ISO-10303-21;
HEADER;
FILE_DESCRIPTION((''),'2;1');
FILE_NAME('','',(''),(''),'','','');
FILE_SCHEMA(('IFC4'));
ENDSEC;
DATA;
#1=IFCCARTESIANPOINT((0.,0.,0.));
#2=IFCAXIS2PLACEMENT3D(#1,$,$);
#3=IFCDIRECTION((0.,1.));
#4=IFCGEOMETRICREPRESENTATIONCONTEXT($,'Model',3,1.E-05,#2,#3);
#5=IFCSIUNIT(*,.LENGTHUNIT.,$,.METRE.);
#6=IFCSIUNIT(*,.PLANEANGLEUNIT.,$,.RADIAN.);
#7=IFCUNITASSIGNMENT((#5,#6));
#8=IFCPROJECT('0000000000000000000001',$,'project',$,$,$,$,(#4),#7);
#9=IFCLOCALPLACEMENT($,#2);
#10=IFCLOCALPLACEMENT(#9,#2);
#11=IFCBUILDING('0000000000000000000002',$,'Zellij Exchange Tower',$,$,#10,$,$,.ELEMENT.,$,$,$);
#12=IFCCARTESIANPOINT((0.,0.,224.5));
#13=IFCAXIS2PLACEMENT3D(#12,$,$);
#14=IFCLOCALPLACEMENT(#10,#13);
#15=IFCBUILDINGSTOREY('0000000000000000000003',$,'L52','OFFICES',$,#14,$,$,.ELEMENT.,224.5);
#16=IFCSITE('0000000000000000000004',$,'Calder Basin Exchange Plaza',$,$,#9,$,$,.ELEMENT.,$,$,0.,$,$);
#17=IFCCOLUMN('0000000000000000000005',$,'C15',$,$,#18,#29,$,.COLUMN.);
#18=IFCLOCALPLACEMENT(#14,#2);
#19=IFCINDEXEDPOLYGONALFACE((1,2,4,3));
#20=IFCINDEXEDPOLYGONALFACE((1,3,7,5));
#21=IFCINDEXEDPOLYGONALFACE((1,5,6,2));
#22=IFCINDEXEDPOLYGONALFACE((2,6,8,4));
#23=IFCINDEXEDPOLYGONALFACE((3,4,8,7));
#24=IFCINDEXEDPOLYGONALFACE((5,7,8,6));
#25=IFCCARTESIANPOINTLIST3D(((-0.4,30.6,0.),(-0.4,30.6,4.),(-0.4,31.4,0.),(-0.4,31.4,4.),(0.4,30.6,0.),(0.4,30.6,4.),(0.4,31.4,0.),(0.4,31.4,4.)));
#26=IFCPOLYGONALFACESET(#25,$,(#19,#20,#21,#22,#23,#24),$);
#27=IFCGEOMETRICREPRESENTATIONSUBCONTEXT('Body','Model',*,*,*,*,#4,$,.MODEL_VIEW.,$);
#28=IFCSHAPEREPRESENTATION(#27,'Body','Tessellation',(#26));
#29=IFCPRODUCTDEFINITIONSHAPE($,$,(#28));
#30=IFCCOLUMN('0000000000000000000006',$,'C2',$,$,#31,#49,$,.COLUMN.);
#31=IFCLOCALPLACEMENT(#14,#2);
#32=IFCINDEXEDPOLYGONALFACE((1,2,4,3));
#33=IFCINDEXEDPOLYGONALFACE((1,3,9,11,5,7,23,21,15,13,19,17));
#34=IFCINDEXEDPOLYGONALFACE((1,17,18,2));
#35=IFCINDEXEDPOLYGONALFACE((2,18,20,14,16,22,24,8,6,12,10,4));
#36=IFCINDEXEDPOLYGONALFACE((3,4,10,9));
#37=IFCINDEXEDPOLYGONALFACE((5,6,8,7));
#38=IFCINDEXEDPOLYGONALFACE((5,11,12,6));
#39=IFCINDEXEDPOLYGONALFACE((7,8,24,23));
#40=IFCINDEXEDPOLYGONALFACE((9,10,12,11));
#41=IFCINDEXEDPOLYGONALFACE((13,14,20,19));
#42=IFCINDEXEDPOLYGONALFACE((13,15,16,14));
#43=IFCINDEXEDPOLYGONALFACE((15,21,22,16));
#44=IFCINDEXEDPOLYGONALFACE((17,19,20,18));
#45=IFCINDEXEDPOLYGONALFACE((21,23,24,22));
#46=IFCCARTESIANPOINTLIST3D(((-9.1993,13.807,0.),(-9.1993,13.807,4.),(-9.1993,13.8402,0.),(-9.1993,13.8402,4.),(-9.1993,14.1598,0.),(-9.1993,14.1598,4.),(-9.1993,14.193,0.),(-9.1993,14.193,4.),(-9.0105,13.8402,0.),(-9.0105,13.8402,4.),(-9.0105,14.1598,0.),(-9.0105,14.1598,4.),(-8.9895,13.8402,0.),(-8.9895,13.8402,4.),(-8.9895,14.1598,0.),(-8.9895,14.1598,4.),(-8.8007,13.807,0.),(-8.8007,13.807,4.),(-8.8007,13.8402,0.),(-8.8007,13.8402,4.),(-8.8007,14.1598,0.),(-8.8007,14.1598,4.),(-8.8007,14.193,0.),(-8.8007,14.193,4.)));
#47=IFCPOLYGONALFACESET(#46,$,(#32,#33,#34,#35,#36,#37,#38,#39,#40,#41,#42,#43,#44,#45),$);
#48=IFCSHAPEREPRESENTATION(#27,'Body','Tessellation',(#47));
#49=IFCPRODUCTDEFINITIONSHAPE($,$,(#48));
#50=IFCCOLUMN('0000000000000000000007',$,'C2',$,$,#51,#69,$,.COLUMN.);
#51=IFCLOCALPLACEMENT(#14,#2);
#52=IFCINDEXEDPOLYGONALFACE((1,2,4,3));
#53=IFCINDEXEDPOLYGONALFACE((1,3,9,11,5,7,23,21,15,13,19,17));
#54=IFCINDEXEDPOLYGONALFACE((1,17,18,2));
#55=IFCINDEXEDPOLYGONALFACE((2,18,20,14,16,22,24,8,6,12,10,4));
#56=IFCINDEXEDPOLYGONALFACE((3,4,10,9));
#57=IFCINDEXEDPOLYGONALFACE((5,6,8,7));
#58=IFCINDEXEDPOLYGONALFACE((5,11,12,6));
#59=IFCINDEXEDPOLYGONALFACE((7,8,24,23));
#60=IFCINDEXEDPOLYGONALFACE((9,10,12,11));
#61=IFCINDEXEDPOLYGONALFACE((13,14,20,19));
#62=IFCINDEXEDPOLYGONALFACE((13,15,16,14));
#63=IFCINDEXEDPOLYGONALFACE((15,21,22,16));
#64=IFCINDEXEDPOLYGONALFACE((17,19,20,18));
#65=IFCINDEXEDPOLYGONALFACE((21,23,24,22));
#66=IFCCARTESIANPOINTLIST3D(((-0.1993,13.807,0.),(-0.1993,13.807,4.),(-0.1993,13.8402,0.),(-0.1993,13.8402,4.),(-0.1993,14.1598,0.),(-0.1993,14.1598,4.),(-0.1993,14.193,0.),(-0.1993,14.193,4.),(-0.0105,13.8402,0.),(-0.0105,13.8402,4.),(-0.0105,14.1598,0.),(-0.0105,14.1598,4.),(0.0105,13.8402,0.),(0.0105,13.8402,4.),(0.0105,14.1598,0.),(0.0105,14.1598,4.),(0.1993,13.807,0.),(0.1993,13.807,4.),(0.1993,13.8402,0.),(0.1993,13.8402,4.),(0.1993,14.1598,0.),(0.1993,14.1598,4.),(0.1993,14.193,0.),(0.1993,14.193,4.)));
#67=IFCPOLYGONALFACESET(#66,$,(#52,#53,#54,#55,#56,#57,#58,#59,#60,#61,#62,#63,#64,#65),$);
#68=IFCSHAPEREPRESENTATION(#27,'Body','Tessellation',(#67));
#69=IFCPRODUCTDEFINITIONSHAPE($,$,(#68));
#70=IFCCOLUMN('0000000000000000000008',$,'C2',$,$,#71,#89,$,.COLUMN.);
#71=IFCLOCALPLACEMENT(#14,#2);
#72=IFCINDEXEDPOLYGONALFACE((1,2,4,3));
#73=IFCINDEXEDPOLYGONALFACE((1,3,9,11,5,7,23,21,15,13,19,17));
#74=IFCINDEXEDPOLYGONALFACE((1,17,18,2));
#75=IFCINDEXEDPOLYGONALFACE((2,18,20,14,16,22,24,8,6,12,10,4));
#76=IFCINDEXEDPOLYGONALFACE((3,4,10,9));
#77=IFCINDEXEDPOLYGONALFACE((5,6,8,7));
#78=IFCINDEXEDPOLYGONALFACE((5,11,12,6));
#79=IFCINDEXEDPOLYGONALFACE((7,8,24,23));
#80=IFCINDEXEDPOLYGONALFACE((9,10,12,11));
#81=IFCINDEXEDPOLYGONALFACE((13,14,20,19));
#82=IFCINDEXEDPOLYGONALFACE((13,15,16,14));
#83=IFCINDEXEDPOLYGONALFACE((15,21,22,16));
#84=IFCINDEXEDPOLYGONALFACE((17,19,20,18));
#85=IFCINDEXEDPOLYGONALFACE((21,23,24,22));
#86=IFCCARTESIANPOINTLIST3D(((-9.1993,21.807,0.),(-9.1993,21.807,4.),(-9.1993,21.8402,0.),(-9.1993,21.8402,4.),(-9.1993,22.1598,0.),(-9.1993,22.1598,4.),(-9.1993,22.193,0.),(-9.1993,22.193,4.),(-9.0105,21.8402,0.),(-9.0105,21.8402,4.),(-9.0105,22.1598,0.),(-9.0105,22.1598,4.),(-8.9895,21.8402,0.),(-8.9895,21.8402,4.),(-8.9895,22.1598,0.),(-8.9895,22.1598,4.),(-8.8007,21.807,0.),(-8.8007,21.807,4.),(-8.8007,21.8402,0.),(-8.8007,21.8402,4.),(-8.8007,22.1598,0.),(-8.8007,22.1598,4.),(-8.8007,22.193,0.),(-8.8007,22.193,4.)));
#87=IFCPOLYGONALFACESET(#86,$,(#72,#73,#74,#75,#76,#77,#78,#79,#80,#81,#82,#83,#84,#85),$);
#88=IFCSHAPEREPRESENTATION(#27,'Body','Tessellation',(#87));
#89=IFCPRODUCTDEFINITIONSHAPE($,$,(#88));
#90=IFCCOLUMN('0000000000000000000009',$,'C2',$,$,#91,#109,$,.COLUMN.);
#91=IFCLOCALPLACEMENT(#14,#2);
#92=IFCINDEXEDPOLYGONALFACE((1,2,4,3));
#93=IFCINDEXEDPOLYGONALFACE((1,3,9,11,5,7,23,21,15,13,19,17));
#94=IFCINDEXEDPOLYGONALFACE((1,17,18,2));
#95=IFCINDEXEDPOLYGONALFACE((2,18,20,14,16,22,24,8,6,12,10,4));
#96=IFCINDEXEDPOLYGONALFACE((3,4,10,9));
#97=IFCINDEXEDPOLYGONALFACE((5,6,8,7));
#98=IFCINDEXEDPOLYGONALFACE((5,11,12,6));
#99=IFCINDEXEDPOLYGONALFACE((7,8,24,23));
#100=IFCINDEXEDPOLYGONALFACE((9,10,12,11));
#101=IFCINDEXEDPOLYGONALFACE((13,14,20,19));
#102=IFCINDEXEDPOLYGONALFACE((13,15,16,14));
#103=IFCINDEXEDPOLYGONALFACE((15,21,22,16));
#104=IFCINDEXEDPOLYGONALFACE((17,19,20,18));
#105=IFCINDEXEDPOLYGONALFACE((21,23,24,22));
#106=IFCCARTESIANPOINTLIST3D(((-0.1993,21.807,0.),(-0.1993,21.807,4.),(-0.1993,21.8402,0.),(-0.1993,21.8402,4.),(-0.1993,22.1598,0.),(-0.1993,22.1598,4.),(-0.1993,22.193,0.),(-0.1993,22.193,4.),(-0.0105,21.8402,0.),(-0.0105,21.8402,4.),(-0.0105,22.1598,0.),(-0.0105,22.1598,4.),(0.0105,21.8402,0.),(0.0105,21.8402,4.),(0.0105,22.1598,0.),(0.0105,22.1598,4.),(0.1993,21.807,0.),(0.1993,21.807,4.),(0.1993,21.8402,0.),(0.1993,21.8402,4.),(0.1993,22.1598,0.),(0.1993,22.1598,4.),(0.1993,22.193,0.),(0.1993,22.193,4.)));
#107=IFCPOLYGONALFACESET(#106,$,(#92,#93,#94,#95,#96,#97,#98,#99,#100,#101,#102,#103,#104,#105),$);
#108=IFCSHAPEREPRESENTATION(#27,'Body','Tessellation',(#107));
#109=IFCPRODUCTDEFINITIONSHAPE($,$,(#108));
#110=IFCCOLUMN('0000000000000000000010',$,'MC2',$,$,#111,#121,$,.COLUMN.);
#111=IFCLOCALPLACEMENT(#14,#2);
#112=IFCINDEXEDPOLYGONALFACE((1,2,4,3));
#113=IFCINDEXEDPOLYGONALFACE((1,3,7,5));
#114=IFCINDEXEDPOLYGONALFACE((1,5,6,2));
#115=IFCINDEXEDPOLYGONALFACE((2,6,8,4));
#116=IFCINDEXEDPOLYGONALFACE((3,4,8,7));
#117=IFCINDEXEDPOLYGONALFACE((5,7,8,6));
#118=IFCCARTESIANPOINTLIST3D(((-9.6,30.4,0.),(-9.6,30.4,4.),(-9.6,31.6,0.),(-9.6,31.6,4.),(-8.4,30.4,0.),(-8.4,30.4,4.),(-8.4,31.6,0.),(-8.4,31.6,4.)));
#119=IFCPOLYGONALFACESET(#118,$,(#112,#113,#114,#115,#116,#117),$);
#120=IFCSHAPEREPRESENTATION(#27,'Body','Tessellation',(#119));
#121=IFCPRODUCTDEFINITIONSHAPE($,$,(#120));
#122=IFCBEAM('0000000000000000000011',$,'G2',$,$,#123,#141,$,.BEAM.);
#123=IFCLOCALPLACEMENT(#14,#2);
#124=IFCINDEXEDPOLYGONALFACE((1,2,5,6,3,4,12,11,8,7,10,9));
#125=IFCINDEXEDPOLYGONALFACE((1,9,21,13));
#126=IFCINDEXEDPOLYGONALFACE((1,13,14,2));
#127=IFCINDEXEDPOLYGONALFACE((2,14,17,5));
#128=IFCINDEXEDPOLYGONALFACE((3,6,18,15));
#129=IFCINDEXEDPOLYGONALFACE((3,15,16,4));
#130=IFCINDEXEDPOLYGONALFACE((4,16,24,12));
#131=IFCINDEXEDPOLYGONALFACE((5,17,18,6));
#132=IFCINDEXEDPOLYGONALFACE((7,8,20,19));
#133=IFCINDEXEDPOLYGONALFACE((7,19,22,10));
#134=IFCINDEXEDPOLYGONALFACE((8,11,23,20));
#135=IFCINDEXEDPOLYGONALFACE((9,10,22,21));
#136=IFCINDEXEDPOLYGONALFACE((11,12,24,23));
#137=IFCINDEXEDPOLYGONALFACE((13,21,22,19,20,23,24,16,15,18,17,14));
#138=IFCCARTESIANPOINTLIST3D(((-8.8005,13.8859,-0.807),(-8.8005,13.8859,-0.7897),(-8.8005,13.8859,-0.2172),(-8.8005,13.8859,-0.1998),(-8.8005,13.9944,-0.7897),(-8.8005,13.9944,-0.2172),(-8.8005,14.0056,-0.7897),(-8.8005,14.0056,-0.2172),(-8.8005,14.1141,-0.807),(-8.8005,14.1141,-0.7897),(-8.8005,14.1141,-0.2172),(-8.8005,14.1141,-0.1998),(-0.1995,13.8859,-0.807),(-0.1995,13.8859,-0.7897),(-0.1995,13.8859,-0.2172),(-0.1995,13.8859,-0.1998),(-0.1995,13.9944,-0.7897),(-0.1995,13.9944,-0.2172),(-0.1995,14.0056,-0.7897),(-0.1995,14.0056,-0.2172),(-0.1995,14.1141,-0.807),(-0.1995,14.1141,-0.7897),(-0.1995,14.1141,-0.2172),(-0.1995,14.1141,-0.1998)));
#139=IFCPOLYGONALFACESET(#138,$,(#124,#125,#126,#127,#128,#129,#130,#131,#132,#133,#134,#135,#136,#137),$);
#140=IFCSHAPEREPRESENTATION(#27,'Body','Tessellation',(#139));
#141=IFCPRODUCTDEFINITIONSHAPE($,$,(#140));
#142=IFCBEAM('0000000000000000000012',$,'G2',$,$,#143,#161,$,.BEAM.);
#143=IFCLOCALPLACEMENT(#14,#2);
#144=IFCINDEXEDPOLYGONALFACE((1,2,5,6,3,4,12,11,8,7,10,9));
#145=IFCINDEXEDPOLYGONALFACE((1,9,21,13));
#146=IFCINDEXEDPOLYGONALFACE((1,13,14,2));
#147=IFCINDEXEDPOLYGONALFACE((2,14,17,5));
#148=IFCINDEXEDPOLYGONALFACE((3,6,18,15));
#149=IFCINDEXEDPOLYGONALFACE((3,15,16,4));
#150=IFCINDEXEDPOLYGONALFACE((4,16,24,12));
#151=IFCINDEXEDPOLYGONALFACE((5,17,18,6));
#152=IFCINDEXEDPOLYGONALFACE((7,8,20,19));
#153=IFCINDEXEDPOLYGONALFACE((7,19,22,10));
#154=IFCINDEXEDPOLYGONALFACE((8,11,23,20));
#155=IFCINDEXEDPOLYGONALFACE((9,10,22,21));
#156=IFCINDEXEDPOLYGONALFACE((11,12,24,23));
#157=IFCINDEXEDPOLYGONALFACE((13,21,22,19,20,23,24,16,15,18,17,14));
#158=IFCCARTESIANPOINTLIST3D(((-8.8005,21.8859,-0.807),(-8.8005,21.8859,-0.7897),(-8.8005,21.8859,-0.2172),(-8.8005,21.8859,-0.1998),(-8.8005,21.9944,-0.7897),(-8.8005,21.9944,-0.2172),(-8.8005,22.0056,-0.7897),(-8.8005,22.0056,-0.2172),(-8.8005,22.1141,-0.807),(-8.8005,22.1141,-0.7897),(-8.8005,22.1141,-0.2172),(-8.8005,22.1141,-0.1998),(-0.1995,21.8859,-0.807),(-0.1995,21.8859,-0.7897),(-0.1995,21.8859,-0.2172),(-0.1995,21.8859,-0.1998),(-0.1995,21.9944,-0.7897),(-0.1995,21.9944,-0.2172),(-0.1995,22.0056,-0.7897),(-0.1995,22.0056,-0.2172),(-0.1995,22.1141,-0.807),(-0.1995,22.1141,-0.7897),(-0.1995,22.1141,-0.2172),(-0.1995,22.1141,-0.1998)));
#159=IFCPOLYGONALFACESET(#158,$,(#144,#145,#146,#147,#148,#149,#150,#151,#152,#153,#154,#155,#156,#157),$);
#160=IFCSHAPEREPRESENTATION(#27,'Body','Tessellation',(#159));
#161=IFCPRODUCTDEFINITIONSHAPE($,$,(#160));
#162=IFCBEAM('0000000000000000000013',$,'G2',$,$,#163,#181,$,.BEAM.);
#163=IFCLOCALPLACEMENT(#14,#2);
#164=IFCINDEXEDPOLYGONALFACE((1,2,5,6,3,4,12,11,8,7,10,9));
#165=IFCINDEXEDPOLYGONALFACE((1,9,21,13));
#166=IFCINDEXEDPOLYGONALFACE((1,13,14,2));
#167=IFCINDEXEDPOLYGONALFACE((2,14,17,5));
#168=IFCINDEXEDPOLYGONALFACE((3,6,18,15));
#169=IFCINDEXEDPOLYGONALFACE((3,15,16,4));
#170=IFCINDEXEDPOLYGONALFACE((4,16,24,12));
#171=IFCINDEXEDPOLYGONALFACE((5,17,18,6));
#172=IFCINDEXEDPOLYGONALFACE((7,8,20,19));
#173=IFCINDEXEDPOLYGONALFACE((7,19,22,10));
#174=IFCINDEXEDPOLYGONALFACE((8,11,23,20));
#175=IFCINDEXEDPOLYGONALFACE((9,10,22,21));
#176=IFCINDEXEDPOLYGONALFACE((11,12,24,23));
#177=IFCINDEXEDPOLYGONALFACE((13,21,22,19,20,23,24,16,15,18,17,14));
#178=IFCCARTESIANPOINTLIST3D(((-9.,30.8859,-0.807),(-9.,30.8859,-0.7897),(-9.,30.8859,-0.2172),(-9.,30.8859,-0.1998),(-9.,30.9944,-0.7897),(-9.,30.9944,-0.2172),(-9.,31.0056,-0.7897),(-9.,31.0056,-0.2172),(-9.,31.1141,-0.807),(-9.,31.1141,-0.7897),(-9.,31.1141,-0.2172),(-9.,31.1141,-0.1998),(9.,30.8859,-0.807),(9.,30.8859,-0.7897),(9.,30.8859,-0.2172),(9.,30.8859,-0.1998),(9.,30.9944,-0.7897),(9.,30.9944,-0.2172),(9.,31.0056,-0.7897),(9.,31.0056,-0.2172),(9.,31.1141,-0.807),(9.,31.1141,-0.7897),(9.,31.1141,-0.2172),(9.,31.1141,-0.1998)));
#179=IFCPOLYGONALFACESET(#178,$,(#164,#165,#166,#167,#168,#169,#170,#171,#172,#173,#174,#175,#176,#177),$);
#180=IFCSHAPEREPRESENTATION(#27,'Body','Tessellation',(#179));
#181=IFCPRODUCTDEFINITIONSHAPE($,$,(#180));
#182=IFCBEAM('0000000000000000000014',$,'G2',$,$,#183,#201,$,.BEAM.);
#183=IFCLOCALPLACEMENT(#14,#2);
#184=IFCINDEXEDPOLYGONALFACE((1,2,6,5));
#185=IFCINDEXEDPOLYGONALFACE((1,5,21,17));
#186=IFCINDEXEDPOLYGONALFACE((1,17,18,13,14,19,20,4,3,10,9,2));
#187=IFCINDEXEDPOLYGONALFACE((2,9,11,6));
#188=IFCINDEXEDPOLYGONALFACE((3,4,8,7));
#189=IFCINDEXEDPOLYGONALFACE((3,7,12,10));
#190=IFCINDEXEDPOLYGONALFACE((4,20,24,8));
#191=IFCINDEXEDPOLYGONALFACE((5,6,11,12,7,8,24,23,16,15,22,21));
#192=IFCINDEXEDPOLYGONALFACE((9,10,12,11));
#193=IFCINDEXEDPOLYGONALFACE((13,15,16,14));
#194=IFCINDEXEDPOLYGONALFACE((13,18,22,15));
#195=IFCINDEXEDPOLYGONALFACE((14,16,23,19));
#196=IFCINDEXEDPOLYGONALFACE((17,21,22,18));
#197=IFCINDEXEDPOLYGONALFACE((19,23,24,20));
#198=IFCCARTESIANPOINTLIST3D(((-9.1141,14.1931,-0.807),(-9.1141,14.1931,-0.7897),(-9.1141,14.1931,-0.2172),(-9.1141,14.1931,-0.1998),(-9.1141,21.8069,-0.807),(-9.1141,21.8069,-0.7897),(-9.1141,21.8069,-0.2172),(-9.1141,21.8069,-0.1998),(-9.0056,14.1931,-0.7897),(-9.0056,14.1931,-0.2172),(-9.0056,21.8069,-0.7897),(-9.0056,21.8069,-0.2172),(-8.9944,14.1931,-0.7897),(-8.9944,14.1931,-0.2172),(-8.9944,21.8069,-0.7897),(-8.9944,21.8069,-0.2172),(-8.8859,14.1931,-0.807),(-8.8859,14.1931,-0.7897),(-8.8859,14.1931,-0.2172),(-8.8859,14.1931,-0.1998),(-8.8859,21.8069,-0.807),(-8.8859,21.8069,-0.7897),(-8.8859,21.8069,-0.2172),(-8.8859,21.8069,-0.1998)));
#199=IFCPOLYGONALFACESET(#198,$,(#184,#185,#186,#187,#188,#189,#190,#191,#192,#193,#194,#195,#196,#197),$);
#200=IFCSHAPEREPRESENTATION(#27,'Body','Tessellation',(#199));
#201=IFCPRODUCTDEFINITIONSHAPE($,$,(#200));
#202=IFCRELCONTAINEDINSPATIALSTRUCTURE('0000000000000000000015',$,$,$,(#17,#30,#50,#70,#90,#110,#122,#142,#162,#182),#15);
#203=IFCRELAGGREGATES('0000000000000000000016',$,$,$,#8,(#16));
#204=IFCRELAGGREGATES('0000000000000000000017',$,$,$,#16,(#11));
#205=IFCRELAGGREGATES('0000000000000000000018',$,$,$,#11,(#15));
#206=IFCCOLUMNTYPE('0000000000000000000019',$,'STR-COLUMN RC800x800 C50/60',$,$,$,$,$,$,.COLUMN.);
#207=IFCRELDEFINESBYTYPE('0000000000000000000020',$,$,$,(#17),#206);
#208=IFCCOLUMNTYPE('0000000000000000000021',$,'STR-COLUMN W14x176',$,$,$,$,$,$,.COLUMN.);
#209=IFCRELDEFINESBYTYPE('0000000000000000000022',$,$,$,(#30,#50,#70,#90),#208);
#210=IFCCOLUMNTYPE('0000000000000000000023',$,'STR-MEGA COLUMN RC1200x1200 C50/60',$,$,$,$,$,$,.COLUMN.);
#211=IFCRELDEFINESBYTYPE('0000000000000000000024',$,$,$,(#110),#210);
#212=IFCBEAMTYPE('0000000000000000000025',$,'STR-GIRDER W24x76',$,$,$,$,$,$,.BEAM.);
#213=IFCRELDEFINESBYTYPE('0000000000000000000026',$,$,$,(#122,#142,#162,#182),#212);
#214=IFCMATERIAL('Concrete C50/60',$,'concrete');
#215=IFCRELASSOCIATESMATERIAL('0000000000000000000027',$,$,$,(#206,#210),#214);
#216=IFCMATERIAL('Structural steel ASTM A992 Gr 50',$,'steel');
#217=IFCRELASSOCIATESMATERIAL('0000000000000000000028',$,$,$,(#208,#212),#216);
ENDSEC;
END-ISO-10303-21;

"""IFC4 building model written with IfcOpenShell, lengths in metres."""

from ifc_helpers import new_model, si_unit, direction, frame, origin, origin_2d, place, context, subcontext, project, spatial, rectangle, i_section, extrude, material, material_profile, profile_set, type_object, element, save


model = new_model("IFC4")

# Units and contexts
model_context = context("Model", 3, precision=1e-05, world=origin(), true_north=direction((0.0, 1.0)))
body_context = subcontext(model_context, "Body", "Model", "MODEL_VIEW")
ifc_project = project(units=[si_unit("LENGTHUNIT", "METRE"), si_unit("PLANEANGLEUNIT", "RADIAN")], contexts=[model_context])

# Site, building, storey
site_placement = place(None, origin())
site = spatial("IfcSite", under=ifc_project, at=site_placement, Name="Calder Basin Exchange Plaza", CompositionType="ELEMENT", RefElevation=0.0)
building_placement = place(site_placement, origin())
building = spatial("IfcBuilding", under=site, at=building_placement, Name="Zellij Exchange Tower", CompositionType="ELEMENT")
storey_placement = place(building_placement, frame((0.0, 0.0, 224.5)))
storey = spatial("IfcBuildingStorey", under=building, at=storey_placement, Name="L52", Description="OFFICES", CompositionType="ELEMENT", Elevation=224.5)

# Columns
ifc_material_1 = material(Name="Concrete C50/60", Category="concrete")
ifc_material_profile_1 = material_profile(ifc_material_1, rectangle(XDim=0.8, YDim=0.8, at=origin_2d()), Name="STR-COLUMN RC800x800 C50/60")
ifc_profile_set_1 = profile_set([ifc_material_profile_1], Name="Concrete C50/60")
column_type_1 = type_object("IfcColumnType", Name="STR-COLUMN RC800x800 C50/60", PredefinedType="COLUMN", material=ifc_profile_set_1)
column_1_placement = place(storey_placement, frame((0.0, 31.0, 0.0), z_axis=(0.0, 0.0, 1.0), x_axis=(1.0, 0.0, 0.0)))
element("IfcColumn", 1, at=column_1_placement, inside=storey, type_object=column_type_1, Name="C15", PredefinedType="COLUMN", context=body_context, shape_type="SweptSolid", body=[
    extrude(rectangle(XDim=0.8, YDim=0.8, at=origin_2d()), origin(), (0.0, 0.0, 1.0), 4.0),
])
ifc_material_2 = material(Name="Structural steel ASTM A992 Gr 50", Category="steel")
ifc_material_profile_2 = material_profile(ifc_material_2, i_section(OverallWidth=0.3987, OverallDepth=0.386, WebThickness=0.021, FlangeThickness=0.0332, at=origin_2d()), Name="W14x176")
ifc_profile_set_2 = profile_set([ifc_material_profile_2], Name="Structural steel ASTM A992 Gr 50")
column_type_2 = type_object("IfcColumnType", Name="STR-COLUMN W14x176", PredefinedType="COLUMN", material=ifc_profile_set_2)
for number, where, z_axis, x_axis, name in (
    (2, (-9.0, 14.0, 0.0), (0.0, 0.0, 1.0), (1.0, 0.0, 0.0), "C2"),
    (3, (0.0, 14.0, 0.0), (0.0, 0.0, 1.0), (1.0, 0.0, 0.0), "C2"),
    (4, (-9.0, 22.0, 0.0), (0.0, 0.0, 1.0), (1.0, 0.0, 0.0), "C2"),
    (5, (0.0, 22.0, 0.0), (0.0, 0.0, 1.0), (1.0, 0.0, 0.0), "C2"),
):
    element("IfcColumn", number, at=place(storey_placement, frame(where, z_axis=z_axis, x_axis=x_axis)), inside=storey, type_object=column_type_2, Name=name, PredefinedType="COLUMN", context=body_context, shape_type="SweptSolid", body=[
        extrude(i_section(OverallWidth=0.3987, OverallDepth=0.386, WebThickness=0.021, FlangeThickness=0.0332, at=origin_2d()), origin(), (0.0, 0.0, 1.0), 4.0),
    ])
ifc_material_profile_3 = material_profile(ifc_material_1, rectangle(XDim=1.2, YDim=1.2, at=origin_2d()), Name="STR-MEGA COLUMN RC1200x1200 C50/60")
ifc_profile_set_3 = profile_set([ifc_material_profile_3], Name="Concrete C50/60")
column_type_3 = type_object("IfcColumnType", Name="STR-MEGA COLUMN RC1200x1200 C50/60", PredefinedType="COLUMN", material=ifc_profile_set_3)
column_2_placement = place(storey_placement, frame((-9.0, 31.0, 0.0), z_axis=(0.0, 0.0, 1.0), x_axis=(1.0, 0.0, 0.0)))
element("IfcColumn", 6, at=column_2_placement, inside=storey, type_object=column_type_3, Name="MC2", PredefinedType="COLUMN", context=body_context, shape_type="SweptSolid", body=[
    extrude(rectangle(XDim=1.2, YDim=1.2, at=origin_2d()), origin(), (0.0, 0.0, 1.0), 4.0),
])

# Beams
ifc_material_profile_4 = material_profile(ifc_material_2, i_section(OverallWidth=0.2283, OverallDepth=0.6072, WebThickness=0.0112, FlangeThickness=0.0173, at=origin_2d()), Name="W24x76")
ifc_profile_set_4 = profile_set([ifc_material_profile_4], Name="Structural steel ASTM A992 Gr 50")
beam_type = type_object("IfcBeamType", Name="STR-GIRDER W24x76", PredefinedType="BEAM", material=ifc_profile_set_4)
for number, where, z_axis, x_axis, name in (
    (7, (-8.8005, 14.0, -0.5034), (1.0, 0.0, 0.0), (0.0, 1.0, 0.0), "G2"),
    (8, (-8.8005, 22.0, -0.5034), (1.0, 0.0, 0.0), (0.0, 1.0, 0.0), "G2"),
):
    element("IfcBeam", number, at=place(storey_placement, frame(where, z_axis=z_axis, x_axis=x_axis)), inside=storey, type_object=beam_type, Name=name, PredefinedType="BEAM", context=body_context, shape_type="SweptSolid", body=[
        extrude(i_section(OverallWidth=0.2283, OverallDepth=0.6072, WebThickness=0.0112, FlangeThickness=0.0173, at=origin_2d()), origin(), (0.0, 0.0, 1.0), 8.6011),
    ])
beam_1_placement = place(storey_placement, frame((-9.0, 31.0, -0.5034), z_axis=(1.0, 0.0, 0.0), x_axis=(0.0, 1.0, 0.0)))
element("IfcBeam", 9, at=beam_1_placement, inside=storey, type_object=beam_type, Name="G2", PredefinedType="BEAM", context=body_context, shape_type="SweptSolid", body=[
    extrude(i_section(OverallWidth=0.2283, OverallDepth=0.6072, WebThickness=0.0112, FlangeThickness=0.0173, at=origin_2d()), origin(), (0.0, 0.0, 1.0), 18.0),
])
beam_2_placement = place(storey_placement, frame((-9.0, 14.1931, -0.5034), z_axis=(0.0, 1.0, 0.0), x_axis=(-1.0, 0.0, 0.0)))
element("IfcBeam", 10, at=beam_2_placement, inside=storey, type_object=beam_type, Name="G2", PredefinedType="BEAM", context=body_context, shape_type="SweptSolid", body=[
    extrude(i_section(OverallWidth=0.2283, OverallDepth=0.6072, WebThickness=0.0112, FlangeThickness=0.0173, at=origin_2d()), origin(), (0.0, 0.0, 1.0), 7.6138),
])

save(model, "model.ifc")
